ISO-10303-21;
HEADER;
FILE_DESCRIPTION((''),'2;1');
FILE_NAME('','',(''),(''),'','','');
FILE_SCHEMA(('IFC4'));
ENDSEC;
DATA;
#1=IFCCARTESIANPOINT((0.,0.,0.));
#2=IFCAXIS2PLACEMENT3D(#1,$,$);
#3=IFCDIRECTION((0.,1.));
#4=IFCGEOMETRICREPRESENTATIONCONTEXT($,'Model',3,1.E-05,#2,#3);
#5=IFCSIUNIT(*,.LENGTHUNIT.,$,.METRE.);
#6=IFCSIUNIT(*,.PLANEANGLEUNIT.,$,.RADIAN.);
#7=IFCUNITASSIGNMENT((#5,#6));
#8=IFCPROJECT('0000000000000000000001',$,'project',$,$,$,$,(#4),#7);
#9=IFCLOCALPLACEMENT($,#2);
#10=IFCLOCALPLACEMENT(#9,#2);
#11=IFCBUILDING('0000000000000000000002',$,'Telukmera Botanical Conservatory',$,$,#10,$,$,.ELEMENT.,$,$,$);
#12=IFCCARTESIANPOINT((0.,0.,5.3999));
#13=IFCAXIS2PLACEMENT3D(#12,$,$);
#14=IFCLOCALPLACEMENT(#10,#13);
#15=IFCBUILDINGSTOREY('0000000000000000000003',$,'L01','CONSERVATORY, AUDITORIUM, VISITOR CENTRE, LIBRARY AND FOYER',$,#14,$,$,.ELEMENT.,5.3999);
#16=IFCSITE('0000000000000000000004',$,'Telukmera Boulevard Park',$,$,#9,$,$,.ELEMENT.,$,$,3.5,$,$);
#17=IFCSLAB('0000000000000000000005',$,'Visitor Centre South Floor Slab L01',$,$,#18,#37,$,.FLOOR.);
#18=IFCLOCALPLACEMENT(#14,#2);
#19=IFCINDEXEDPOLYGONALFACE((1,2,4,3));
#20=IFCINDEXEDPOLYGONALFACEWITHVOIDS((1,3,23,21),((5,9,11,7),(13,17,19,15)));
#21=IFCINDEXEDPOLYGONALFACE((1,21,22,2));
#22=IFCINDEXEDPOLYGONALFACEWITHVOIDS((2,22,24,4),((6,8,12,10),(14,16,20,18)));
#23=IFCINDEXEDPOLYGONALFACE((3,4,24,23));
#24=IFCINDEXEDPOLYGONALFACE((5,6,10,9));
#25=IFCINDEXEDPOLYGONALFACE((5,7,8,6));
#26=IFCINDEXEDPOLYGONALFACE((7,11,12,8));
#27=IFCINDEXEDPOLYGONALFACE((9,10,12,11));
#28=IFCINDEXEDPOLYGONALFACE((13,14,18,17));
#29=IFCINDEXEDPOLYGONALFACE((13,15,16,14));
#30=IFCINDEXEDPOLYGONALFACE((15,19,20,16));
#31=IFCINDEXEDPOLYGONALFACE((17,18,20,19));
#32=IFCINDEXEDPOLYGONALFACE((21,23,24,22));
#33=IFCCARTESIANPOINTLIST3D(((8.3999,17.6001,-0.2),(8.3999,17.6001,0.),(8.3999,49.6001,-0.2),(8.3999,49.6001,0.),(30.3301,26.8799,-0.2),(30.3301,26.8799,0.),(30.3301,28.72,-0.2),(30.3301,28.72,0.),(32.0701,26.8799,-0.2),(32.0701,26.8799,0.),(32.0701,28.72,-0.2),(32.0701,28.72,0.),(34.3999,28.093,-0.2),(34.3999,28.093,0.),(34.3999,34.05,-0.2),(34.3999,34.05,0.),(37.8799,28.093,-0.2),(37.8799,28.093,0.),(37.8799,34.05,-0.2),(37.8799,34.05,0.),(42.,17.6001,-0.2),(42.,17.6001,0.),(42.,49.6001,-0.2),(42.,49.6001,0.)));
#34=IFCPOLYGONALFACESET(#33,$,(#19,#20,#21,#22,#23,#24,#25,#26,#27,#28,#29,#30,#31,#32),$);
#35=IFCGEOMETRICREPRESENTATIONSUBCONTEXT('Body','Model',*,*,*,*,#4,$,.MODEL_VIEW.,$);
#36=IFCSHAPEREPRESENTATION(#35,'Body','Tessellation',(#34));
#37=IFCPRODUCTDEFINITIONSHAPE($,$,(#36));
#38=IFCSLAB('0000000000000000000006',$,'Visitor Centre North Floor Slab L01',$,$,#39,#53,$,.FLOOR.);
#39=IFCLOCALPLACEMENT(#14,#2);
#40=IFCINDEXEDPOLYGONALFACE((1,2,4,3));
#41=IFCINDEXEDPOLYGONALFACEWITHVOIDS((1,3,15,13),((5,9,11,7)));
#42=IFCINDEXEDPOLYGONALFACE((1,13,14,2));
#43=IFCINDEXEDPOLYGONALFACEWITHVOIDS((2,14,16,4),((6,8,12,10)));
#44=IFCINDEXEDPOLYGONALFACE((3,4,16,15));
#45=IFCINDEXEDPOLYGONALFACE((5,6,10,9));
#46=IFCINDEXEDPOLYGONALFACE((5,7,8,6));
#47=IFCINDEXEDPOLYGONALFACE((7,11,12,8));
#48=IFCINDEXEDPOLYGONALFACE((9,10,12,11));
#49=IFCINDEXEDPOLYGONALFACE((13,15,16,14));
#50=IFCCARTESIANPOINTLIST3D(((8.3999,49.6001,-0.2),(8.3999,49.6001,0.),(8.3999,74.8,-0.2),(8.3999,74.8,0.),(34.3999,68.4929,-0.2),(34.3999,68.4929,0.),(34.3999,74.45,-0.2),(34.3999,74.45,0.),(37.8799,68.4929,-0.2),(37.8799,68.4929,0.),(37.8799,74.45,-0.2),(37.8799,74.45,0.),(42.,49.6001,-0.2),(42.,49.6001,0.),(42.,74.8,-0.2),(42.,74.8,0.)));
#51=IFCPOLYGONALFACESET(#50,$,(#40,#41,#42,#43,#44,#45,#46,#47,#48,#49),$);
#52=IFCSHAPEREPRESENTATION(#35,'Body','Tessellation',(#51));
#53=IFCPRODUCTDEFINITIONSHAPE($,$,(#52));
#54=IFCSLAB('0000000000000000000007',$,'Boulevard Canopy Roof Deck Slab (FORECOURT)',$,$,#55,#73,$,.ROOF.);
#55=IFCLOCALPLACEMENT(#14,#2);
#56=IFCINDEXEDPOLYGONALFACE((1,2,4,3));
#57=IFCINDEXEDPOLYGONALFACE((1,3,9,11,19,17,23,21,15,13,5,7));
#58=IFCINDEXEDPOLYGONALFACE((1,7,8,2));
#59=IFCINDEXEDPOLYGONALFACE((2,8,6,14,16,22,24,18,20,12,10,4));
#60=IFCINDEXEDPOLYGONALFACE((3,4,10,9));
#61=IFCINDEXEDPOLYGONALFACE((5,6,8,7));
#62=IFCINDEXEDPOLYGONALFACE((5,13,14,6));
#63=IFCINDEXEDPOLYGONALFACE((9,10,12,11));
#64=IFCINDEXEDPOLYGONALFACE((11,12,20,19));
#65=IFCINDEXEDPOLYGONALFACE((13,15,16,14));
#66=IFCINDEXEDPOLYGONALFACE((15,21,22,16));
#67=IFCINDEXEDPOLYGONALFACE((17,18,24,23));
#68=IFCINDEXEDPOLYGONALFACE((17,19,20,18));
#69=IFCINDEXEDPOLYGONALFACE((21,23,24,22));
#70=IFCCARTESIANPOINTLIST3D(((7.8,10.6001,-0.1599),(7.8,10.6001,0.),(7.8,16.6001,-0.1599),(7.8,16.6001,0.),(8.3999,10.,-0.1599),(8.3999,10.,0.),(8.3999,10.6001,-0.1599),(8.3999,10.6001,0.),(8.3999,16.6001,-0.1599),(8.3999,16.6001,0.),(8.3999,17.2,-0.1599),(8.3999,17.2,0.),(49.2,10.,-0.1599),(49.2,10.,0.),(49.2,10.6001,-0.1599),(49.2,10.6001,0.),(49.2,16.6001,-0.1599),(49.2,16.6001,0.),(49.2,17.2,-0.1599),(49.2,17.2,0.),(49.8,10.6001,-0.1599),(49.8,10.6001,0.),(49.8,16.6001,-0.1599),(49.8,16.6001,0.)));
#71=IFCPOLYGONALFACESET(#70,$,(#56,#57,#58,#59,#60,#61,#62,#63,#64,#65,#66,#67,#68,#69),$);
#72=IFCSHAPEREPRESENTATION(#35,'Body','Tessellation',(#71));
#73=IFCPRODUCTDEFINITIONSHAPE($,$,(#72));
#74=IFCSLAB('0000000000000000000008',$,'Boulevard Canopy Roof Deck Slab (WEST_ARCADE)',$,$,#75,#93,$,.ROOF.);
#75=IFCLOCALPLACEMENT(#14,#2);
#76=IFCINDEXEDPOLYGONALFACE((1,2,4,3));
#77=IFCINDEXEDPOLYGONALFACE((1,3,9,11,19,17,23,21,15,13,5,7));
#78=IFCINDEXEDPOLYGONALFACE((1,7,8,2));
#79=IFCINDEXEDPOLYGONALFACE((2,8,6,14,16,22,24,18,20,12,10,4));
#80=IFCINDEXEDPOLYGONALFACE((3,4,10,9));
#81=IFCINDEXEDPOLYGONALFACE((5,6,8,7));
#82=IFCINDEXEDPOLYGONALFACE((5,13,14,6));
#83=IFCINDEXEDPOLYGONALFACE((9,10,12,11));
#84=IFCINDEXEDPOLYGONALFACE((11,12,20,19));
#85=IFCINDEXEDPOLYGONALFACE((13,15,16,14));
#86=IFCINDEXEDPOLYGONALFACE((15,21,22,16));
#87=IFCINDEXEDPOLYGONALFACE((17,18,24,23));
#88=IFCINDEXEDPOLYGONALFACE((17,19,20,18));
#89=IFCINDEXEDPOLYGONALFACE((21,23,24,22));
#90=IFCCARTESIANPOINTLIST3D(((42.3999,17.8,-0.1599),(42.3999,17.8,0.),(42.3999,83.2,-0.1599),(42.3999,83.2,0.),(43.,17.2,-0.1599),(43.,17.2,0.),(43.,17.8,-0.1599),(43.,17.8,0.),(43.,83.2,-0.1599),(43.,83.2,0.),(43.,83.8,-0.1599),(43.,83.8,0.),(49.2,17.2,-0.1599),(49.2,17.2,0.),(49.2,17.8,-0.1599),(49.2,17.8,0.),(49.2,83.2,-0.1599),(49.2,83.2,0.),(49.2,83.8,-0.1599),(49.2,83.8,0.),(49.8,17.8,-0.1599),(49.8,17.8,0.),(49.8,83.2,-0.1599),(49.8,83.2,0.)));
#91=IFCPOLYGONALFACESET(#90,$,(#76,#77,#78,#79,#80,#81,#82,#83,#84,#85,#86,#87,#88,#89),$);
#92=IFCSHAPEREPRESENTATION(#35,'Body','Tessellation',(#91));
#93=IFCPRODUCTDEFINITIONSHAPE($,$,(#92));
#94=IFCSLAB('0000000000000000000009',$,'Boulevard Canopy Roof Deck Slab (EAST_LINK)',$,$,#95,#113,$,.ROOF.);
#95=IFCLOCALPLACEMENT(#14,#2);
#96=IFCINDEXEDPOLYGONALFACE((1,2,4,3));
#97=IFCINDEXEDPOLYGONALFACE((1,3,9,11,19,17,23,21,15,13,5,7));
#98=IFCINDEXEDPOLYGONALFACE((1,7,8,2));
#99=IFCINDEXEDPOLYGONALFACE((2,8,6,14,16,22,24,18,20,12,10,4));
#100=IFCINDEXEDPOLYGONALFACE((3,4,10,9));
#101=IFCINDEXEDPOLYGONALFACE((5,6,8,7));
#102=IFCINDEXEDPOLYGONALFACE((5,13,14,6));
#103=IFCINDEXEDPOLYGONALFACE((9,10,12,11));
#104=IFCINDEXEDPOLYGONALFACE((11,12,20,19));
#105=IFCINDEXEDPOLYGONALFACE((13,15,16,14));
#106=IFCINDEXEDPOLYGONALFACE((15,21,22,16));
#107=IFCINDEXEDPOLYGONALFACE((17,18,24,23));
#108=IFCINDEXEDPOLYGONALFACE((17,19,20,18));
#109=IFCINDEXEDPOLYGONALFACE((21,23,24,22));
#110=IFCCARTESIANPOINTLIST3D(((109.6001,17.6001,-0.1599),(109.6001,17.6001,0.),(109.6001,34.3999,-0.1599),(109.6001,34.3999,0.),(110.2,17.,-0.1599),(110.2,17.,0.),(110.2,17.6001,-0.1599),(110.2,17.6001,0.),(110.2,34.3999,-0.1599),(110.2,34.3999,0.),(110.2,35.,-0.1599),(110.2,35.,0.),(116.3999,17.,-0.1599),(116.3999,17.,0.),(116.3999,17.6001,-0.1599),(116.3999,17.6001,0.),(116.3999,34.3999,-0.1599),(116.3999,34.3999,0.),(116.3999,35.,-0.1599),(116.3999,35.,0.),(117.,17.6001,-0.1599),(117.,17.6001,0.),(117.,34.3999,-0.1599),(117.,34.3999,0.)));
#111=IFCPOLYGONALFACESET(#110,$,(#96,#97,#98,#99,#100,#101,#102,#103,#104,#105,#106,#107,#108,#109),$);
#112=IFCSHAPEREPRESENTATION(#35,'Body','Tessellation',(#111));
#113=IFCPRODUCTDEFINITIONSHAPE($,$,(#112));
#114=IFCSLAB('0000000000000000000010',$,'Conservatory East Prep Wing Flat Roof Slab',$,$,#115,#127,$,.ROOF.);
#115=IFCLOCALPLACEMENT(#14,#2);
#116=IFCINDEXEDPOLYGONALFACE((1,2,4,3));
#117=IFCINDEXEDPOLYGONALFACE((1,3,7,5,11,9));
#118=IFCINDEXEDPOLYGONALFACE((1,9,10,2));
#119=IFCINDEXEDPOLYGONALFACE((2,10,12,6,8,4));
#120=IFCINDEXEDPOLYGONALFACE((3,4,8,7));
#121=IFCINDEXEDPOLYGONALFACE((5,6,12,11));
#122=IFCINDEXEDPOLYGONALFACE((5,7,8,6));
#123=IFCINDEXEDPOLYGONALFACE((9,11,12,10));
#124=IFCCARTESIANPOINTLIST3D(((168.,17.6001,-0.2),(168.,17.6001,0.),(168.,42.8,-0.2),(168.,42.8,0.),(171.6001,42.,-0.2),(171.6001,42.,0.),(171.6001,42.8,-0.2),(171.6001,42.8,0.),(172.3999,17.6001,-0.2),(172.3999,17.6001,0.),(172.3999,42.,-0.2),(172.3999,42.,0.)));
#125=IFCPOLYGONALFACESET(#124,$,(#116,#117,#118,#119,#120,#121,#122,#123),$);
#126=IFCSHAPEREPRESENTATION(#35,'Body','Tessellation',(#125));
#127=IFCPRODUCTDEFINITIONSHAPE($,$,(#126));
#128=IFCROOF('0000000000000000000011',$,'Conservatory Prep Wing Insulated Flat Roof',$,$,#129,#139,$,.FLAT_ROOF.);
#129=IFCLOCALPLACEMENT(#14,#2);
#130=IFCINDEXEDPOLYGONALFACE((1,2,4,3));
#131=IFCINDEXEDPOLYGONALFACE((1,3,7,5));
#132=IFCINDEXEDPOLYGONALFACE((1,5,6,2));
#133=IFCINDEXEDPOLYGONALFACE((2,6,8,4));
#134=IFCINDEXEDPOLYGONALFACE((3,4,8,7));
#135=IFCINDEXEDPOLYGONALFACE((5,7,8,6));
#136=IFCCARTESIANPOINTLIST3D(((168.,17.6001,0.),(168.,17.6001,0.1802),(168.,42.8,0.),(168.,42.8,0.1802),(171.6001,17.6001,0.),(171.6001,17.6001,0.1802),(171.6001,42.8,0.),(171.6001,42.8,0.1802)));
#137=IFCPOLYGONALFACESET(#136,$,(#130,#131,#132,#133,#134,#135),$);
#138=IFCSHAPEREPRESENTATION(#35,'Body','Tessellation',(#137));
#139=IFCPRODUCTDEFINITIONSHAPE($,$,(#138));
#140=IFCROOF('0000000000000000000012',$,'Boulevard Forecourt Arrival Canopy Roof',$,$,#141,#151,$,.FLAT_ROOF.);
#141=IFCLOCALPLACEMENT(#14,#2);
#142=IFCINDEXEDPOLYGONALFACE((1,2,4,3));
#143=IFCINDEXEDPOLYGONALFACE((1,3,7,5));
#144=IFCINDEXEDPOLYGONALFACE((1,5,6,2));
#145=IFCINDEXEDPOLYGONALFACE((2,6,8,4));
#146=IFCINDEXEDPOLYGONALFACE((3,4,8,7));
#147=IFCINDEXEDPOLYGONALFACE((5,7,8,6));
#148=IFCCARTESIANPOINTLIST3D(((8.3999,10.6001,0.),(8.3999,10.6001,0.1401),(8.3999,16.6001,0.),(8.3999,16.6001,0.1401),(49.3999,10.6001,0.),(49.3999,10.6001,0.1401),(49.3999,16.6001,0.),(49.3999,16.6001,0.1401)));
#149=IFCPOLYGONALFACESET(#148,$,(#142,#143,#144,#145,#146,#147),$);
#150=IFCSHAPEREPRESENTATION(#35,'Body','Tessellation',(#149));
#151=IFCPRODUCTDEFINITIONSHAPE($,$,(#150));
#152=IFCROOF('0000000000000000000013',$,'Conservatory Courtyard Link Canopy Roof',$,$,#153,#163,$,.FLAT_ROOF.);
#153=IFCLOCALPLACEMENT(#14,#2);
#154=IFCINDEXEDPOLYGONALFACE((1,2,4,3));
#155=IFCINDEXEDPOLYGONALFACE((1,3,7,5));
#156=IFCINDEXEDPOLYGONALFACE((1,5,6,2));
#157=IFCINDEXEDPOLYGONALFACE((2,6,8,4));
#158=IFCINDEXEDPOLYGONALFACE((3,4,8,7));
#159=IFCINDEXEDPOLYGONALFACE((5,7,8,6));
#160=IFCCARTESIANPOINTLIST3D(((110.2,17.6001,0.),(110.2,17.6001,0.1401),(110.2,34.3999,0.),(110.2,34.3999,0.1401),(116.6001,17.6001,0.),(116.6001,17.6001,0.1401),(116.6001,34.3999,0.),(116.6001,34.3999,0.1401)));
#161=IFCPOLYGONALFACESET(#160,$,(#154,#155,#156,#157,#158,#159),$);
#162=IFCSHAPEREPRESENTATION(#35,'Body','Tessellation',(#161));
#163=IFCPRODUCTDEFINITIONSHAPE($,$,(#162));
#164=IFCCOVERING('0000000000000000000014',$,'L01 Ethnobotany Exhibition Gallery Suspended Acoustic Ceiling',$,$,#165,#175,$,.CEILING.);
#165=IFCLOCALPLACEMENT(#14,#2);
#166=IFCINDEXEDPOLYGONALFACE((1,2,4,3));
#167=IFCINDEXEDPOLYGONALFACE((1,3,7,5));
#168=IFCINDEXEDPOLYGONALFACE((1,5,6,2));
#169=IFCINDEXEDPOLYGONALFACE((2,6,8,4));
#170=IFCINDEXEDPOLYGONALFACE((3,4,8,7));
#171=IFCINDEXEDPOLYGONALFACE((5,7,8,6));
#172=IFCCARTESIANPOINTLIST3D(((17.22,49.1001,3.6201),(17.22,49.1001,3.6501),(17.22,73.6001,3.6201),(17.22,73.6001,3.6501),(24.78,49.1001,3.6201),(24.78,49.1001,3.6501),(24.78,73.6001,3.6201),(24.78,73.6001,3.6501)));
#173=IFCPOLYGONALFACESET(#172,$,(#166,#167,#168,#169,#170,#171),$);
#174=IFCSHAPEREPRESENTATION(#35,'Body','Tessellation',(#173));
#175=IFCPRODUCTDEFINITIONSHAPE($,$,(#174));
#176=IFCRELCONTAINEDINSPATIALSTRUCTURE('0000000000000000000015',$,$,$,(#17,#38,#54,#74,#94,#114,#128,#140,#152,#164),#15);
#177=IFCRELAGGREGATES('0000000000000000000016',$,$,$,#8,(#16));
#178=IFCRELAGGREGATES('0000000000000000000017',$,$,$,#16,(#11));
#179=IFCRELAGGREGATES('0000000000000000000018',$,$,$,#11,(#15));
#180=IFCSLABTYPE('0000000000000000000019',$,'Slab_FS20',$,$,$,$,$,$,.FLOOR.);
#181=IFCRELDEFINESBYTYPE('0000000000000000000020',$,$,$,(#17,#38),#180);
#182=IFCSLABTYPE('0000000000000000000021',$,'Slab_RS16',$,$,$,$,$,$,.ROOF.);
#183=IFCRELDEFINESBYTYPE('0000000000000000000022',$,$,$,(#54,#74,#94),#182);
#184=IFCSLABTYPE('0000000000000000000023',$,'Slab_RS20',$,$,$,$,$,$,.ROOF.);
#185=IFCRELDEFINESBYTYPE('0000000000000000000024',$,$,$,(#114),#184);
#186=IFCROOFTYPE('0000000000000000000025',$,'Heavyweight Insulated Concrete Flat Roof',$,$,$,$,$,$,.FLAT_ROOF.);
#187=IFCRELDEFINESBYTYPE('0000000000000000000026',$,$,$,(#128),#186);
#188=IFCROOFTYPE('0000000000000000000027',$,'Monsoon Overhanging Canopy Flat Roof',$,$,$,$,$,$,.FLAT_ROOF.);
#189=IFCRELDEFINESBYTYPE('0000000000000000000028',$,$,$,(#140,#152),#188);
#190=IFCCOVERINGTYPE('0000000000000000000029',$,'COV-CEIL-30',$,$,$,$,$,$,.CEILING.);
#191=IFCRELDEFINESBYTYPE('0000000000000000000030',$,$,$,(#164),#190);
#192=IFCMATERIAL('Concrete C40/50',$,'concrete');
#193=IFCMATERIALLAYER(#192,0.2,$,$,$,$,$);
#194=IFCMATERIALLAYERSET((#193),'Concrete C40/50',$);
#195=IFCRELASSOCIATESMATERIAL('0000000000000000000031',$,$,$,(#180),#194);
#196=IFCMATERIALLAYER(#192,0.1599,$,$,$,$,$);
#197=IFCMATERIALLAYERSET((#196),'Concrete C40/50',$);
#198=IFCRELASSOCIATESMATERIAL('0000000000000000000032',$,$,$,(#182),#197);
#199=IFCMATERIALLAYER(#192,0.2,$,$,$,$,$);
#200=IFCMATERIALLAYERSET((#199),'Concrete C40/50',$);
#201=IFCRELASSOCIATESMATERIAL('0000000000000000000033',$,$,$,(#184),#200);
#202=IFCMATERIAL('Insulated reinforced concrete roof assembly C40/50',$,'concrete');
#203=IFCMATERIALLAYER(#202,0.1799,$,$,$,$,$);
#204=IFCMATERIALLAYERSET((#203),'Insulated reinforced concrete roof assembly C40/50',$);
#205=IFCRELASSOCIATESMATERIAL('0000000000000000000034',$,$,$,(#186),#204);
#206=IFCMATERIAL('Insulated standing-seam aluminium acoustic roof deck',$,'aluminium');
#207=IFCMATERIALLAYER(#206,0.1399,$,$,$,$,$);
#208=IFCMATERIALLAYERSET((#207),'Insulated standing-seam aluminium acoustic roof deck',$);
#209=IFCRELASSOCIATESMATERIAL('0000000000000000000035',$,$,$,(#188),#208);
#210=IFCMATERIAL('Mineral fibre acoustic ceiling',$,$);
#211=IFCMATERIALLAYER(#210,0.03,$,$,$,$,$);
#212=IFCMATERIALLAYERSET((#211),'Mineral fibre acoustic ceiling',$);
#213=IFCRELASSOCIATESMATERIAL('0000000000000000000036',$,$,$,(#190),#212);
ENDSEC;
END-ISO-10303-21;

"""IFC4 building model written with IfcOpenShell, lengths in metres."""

from ifc_helpers import new_model, si_unit, direction, frame, origin, place, context, subcontext, project, spatial, polyline, outline, extrude, material, layer, layer_set, type_object, element, save


model = new_model("IFC4")

# Units and contexts
model_context = context("Model", 3, precision=1e-05, world=origin(), true_north=direction((0.0, 1.0)))
body_context = subcontext(model_context, "Body", "Model", "MODEL_VIEW")
ifc_project = project(units=[si_unit("LENGTHUNIT", "METRE"), si_unit("PLANEANGLEUNIT", "RADIAN")], contexts=[model_context])

# Site, building, storey
site_placement = place(None, origin())
site = spatial("IfcSite", under=ifc_project, at=site_placement, Name="Telukmera Boulevard Park", CompositionType="ELEMENT", RefElevation=3.5)
building_placement = place(site_placement, origin())
building = spatial("IfcBuilding", under=site, at=building_placement, Name="Telukmera Botanical Conservatory", CompositionType="ELEMENT")
storey_placement = place(building_placement, frame((0.0, 0.0, 5.3999)))
storey = spatial("IfcBuildingStorey", under=building, at=storey_placement, Name="L01", Description="CONSERVATORY, AUDITORIUM, VISITOR CENTRE, LIBRARY AND FOYER", CompositionType="ELEMENT", Elevation=5.3999)

# Shared definitions
ifc_material_1 = material(Name="Concrete C40/50", Category="concrete")

# Slabs
ifc_layer_1 = layer(ifc_material_1, 0.2)
ifc_layer_set_1 = layer_set([ifc_layer_1], Name="Concrete C40/50")
slab_type_1 = type_object("IfcSlabType", Name="Slab_FS20", PredefinedType="FLOOR", material=ifc_layer_set_1)
slab_1_placement = place(storey_placement, frame((0.0, 0.0, -0.2)))
element("IfcSlab", 1, at=slab_1_placement, inside=storey, type_object=slab_type_1, Name="Visitor Centre South Floor Slab L01", PredefinedType="FLOOR", context=body_context, shape_type="SweptSolid", body=[
    extrude(outline(polyline([(8.3999, 17.6001), (42.0, 17.6001), (42.0, 49.6001), (8.3999, 49.6001), (8.3999, 17.6001)]), holes=[polyline([(37.8799, 28.093), (37.8799, 34.05), (34.3999, 34.05), (34.3999, 28.093), (37.8799, 28.093)]), polyline([(30.3301, 26.8799), (32.0701, 26.8799), (32.0701, 28.72), (30.3301, 28.72), (30.3301, 26.8799)])]), origin(), (0.0, 0.0, 1.0), 0.2),
])
slab_2_placement = place(storey_placement, frame((0.0, 0.0, -0.2)))
element("IfcSlab", 2, at=slab_2_placement, inside=storey, type_object=slab_type_1, Name="Visitor Centre North Floor Slab L01", PredefinedType="FLOOR", context=body_context, shape_type="SweptSolid", body=[
    extrude(outline(polyline([(8.3999, 49.6001), (42.0, 49.6001), (42.0, 74.8), (8.3999, 74.8), (8.3999, 49.6001)]), holes=[polyline([(37.8799, 68.4929), (37.8799, 74.45), (34.3999, 74.45), (34.3999, 68.4929), (37.8799, 68.4929)])]), origin(), (0.0, 0.0, 1.0), 0.2),
])
ifc_layer_2 = layer(ifc_material_1, 0.1599)
ifc_layer_set_2 = layer_set([ifc_layer_2], Name="Concrete C40/50")
slab_type_2 = type_object("IfcSlabType", Name="Slab_RS16", PredefinedType="ROOF", material=ifc_layer_set_2)
slab_3_placement = place(storey_placement, frame((0.0, 0.0, -0.1599)))
element("IfcSlab", 3, at=slab_3_placement, inside=storey, type_object=slab_type_2, Name="Boulevard Canopy Roof Deck Slab (FORECOURT)", PredefinedType="ROOF", context=body_context, shape_type="SweptSolid", body=[
    extrude(outline(polyline([(8.3999, 10.0), (49.2, 10.0), (49.2, 10.6001), (49.8, 10.6001), (49.8, 16.6001), (49.2, 16.6001), (49.2, 17.2), (8.3999, 17.2), (8.3999, 16.6001), (7.8, 16.6001), (7.8, 10.6001), (8.3999, 10.6001), (8.3999, 10.0)])), origin(), (0.0, 0.0, 1.0), 0.1599),
])
slab_4_placement = place(storey_placement, frame((0.0, 0.0, -0.1599)))
element("IfcSlab", 4, at=slab_4_placement, inside=storey, type_object=slab_type_2, Name="Boulevard Canopy Roof Deck Slab (WEST_ARCADE)", PredefinedType="ROOF", context=body_context, shape_type="SweptSolid", body=[
    extrude(outline(polyline([(43.0, 17.2), (49.2, 17.2), (49.2, 17.8), (49.8, 17.8), (49.8, 83.2), (49.2, 83.2), (49.2, 83.8), (43.0, 83.8), (43.0, 83.2), (42.3999, 83.2), (42.3999, 17.8), (43.0, 17.8), (43.0, 17.2)])), origin(), (0.0, 0.0, 1.0), 0.1599),
])
slab_5_placement = place(storey_placement, frame((0.0, 0.0, -0.1599)))
element("IfcSlab", 5, at=slab_5_placement, inside=storey, type_object=slab_type_2, Name="Boulevard Canopy Roof Deck Slab (EAST_LINK)", PredefinedType="ROOF", context=body_context, shape_type="SweptSolid", body=[
    extrude(outline(polyline([(110.2, 17.0), (116.3999, 17.0), (116.3999, 17.6001), (117.0, 17.6001), (117.0, 34.3999), (116.3999, 34.3999), (116.3999, 35.0), (110.2, 35.0), (110.2, 34.3999), (109.6001, 34.3999), (109.6001, 17.6001), (110.2, 17.6001), (110.2, 17.0)])), origin(), (0.0, 0.0, 1.0), 0.1599),
])
ifc_layer_3 = layer(ifc_material_1, 0.2)
ifc_layer_set_3 = layer_set([ifc_layer_3], Name="Concrete C40/50")
slab_type_3 = type_object("IfcSlabType", Name="Slab_RS20", PredefinedType="ROOF", material=ifc_layer_set_3)
slab_6_placement = place(storey_placement, frame((0.0, 0.0, -0.2)))
element("IfcSlab", 6, at=slab_6_placement, inside=storey, type_object=slab_type_3, Name="Conservatory East Prep Wing Flat Roof Slab", PredefinedType="ROOF", context=body_context, shape_type="SweptSolid", body=[
    extrude(outline(polyline([(168.0, 17.6001), (172.3999, 17.6001), (172.3999, 42.0), (171.6001, 42.0), (171.6001, 42.8), (168.0, 42.8), (168.0, 17.6001)])), origin(), (0.0, 0.0, 1.0), 0.2),
])

# Roofs
ifc_material_2 = material(Name="Insulated reinforced concrete roof assembly C40/50", Category="concrete")
ifc_layer_4 = layer(ifc_material_2, 0.1799)
ifc_layer_set_4 = layer_set([ifc_layer_4], Name="Insulated reinforced concrete roof assembly C40/50")
roof_type_1 = type_object("IfcRoofType", Name="Heavyweight Insulated Concrete Flat Roof", PredefinedType="FLAT_ROOF", material=ifc_layer_set_4)
roof_1_placement = place(storey_placement, origin())
element("IfcRoof", 7, at=roof_1_placement, inside=storey, type_object=roof_type_1, Name="Conservatory Prep Wing Insulated Flat Roof", PredefinedType="FLAT_ROOF", context=body_context, shape_type="SweptSolid", body=[
    extrude(outline(polyline([(168.0, 17.6001), (171.6001, 17.6001), (171.6001, 42.8), (168.0, 42.8), (168.0, 17.6001)])), origin(), (0.0, 0.0, 1.0), 0.1802),
])
ifc_material_3 = material(Name="Insulated standing-seam aluminium acoustic roof deck", Category="aluminium")
ifc_layer_5 = layer(ifc_material_3, 0.1399)
ifc_layer_set_5 = layer_set([ifc_layer_5], Name="Insulated standing-seam aluminium acoustic roof deck")
roof_type_2 = type_object("IfcRoofType", Name="Monsoon Overhanging Canopy Flat Roof", PredefinedType="FLAT_ROOF", material=ifc_layer_set_5)
roof_2_placement = place(storey_placement, origin())
element("IfcRoof", 8, at=roof_2_placement, inside=storey, type_object=roof_type_2, Name="Boulevard Forecourt Arrival Canopy Roof", PredefinedType="FLAT_ROOF", context=body_context, shape_type="SweptSolid", body=[
    extrude(outline(polyline([(8.3999, 10.6001), (49.3999, 10.6001), (49.3999, 16.6001), (8.3999, 16.6001), (8.3999, 10.6001)])), origin(), (0.0, 0.0, 1.0), 0.1401),
])
roof_3_placement = place(storey_placement, origin())
element("IfcRoof", 9, at=roof_3_placement, inside=storey, type_object=roof_type_2, Name="Conservatory Courtyard Link Canopy Roof", PredefinedType="FLAT_ROOF", context=body_context, shape_type="SweptSolid", body=[
    extrude(outline(polyline([(110.2, 17.6001), (116.6001, 17.6001), (116.6001, 34.3999), (110.2, 34.3999), (110.2, 17.6001)])), origin(), (0.0, 0.0, 1.0), 0.1401),
])

# Covering
ifc_material_4 = material(Name="Mineral fibre acoustic ceiling")
ifc_layer_6 = layer(ifc_material_4, 0.03)
ifc_layer_set_6 = layer_set([ifc_layer_6], Name="Mineral fibre acoustic ceiling")
covering_type_1 = type_object("IfcCoveringType", Name="COV-CEIL-30", PredefinedType="CEILING", material=ifc_layer_set_6)
covering_1_placement = place(storey_placement, frame((0.0, 0.0, 3.6201)))
element("IfcCovering", 10, at=covering_1_placement, inside=storey, type_object=covering_type_1, Name="L01 Ethnobotany Exhibition Gallery Suspended Acoustic Ceiling", PredefinedType="CEILING", context=body_context, shape_type="SweptSolid", body=[
    extrude(outline(polyline([(17.22, 49.1001), (24.78, 49.1001), (24.78, 73.6001), (17.22, 73.6001), (17.22, 49.1001)])), origin(), (0.0, 0.0, 1.0), 0.03),
])

save(model, "model.ifc")
